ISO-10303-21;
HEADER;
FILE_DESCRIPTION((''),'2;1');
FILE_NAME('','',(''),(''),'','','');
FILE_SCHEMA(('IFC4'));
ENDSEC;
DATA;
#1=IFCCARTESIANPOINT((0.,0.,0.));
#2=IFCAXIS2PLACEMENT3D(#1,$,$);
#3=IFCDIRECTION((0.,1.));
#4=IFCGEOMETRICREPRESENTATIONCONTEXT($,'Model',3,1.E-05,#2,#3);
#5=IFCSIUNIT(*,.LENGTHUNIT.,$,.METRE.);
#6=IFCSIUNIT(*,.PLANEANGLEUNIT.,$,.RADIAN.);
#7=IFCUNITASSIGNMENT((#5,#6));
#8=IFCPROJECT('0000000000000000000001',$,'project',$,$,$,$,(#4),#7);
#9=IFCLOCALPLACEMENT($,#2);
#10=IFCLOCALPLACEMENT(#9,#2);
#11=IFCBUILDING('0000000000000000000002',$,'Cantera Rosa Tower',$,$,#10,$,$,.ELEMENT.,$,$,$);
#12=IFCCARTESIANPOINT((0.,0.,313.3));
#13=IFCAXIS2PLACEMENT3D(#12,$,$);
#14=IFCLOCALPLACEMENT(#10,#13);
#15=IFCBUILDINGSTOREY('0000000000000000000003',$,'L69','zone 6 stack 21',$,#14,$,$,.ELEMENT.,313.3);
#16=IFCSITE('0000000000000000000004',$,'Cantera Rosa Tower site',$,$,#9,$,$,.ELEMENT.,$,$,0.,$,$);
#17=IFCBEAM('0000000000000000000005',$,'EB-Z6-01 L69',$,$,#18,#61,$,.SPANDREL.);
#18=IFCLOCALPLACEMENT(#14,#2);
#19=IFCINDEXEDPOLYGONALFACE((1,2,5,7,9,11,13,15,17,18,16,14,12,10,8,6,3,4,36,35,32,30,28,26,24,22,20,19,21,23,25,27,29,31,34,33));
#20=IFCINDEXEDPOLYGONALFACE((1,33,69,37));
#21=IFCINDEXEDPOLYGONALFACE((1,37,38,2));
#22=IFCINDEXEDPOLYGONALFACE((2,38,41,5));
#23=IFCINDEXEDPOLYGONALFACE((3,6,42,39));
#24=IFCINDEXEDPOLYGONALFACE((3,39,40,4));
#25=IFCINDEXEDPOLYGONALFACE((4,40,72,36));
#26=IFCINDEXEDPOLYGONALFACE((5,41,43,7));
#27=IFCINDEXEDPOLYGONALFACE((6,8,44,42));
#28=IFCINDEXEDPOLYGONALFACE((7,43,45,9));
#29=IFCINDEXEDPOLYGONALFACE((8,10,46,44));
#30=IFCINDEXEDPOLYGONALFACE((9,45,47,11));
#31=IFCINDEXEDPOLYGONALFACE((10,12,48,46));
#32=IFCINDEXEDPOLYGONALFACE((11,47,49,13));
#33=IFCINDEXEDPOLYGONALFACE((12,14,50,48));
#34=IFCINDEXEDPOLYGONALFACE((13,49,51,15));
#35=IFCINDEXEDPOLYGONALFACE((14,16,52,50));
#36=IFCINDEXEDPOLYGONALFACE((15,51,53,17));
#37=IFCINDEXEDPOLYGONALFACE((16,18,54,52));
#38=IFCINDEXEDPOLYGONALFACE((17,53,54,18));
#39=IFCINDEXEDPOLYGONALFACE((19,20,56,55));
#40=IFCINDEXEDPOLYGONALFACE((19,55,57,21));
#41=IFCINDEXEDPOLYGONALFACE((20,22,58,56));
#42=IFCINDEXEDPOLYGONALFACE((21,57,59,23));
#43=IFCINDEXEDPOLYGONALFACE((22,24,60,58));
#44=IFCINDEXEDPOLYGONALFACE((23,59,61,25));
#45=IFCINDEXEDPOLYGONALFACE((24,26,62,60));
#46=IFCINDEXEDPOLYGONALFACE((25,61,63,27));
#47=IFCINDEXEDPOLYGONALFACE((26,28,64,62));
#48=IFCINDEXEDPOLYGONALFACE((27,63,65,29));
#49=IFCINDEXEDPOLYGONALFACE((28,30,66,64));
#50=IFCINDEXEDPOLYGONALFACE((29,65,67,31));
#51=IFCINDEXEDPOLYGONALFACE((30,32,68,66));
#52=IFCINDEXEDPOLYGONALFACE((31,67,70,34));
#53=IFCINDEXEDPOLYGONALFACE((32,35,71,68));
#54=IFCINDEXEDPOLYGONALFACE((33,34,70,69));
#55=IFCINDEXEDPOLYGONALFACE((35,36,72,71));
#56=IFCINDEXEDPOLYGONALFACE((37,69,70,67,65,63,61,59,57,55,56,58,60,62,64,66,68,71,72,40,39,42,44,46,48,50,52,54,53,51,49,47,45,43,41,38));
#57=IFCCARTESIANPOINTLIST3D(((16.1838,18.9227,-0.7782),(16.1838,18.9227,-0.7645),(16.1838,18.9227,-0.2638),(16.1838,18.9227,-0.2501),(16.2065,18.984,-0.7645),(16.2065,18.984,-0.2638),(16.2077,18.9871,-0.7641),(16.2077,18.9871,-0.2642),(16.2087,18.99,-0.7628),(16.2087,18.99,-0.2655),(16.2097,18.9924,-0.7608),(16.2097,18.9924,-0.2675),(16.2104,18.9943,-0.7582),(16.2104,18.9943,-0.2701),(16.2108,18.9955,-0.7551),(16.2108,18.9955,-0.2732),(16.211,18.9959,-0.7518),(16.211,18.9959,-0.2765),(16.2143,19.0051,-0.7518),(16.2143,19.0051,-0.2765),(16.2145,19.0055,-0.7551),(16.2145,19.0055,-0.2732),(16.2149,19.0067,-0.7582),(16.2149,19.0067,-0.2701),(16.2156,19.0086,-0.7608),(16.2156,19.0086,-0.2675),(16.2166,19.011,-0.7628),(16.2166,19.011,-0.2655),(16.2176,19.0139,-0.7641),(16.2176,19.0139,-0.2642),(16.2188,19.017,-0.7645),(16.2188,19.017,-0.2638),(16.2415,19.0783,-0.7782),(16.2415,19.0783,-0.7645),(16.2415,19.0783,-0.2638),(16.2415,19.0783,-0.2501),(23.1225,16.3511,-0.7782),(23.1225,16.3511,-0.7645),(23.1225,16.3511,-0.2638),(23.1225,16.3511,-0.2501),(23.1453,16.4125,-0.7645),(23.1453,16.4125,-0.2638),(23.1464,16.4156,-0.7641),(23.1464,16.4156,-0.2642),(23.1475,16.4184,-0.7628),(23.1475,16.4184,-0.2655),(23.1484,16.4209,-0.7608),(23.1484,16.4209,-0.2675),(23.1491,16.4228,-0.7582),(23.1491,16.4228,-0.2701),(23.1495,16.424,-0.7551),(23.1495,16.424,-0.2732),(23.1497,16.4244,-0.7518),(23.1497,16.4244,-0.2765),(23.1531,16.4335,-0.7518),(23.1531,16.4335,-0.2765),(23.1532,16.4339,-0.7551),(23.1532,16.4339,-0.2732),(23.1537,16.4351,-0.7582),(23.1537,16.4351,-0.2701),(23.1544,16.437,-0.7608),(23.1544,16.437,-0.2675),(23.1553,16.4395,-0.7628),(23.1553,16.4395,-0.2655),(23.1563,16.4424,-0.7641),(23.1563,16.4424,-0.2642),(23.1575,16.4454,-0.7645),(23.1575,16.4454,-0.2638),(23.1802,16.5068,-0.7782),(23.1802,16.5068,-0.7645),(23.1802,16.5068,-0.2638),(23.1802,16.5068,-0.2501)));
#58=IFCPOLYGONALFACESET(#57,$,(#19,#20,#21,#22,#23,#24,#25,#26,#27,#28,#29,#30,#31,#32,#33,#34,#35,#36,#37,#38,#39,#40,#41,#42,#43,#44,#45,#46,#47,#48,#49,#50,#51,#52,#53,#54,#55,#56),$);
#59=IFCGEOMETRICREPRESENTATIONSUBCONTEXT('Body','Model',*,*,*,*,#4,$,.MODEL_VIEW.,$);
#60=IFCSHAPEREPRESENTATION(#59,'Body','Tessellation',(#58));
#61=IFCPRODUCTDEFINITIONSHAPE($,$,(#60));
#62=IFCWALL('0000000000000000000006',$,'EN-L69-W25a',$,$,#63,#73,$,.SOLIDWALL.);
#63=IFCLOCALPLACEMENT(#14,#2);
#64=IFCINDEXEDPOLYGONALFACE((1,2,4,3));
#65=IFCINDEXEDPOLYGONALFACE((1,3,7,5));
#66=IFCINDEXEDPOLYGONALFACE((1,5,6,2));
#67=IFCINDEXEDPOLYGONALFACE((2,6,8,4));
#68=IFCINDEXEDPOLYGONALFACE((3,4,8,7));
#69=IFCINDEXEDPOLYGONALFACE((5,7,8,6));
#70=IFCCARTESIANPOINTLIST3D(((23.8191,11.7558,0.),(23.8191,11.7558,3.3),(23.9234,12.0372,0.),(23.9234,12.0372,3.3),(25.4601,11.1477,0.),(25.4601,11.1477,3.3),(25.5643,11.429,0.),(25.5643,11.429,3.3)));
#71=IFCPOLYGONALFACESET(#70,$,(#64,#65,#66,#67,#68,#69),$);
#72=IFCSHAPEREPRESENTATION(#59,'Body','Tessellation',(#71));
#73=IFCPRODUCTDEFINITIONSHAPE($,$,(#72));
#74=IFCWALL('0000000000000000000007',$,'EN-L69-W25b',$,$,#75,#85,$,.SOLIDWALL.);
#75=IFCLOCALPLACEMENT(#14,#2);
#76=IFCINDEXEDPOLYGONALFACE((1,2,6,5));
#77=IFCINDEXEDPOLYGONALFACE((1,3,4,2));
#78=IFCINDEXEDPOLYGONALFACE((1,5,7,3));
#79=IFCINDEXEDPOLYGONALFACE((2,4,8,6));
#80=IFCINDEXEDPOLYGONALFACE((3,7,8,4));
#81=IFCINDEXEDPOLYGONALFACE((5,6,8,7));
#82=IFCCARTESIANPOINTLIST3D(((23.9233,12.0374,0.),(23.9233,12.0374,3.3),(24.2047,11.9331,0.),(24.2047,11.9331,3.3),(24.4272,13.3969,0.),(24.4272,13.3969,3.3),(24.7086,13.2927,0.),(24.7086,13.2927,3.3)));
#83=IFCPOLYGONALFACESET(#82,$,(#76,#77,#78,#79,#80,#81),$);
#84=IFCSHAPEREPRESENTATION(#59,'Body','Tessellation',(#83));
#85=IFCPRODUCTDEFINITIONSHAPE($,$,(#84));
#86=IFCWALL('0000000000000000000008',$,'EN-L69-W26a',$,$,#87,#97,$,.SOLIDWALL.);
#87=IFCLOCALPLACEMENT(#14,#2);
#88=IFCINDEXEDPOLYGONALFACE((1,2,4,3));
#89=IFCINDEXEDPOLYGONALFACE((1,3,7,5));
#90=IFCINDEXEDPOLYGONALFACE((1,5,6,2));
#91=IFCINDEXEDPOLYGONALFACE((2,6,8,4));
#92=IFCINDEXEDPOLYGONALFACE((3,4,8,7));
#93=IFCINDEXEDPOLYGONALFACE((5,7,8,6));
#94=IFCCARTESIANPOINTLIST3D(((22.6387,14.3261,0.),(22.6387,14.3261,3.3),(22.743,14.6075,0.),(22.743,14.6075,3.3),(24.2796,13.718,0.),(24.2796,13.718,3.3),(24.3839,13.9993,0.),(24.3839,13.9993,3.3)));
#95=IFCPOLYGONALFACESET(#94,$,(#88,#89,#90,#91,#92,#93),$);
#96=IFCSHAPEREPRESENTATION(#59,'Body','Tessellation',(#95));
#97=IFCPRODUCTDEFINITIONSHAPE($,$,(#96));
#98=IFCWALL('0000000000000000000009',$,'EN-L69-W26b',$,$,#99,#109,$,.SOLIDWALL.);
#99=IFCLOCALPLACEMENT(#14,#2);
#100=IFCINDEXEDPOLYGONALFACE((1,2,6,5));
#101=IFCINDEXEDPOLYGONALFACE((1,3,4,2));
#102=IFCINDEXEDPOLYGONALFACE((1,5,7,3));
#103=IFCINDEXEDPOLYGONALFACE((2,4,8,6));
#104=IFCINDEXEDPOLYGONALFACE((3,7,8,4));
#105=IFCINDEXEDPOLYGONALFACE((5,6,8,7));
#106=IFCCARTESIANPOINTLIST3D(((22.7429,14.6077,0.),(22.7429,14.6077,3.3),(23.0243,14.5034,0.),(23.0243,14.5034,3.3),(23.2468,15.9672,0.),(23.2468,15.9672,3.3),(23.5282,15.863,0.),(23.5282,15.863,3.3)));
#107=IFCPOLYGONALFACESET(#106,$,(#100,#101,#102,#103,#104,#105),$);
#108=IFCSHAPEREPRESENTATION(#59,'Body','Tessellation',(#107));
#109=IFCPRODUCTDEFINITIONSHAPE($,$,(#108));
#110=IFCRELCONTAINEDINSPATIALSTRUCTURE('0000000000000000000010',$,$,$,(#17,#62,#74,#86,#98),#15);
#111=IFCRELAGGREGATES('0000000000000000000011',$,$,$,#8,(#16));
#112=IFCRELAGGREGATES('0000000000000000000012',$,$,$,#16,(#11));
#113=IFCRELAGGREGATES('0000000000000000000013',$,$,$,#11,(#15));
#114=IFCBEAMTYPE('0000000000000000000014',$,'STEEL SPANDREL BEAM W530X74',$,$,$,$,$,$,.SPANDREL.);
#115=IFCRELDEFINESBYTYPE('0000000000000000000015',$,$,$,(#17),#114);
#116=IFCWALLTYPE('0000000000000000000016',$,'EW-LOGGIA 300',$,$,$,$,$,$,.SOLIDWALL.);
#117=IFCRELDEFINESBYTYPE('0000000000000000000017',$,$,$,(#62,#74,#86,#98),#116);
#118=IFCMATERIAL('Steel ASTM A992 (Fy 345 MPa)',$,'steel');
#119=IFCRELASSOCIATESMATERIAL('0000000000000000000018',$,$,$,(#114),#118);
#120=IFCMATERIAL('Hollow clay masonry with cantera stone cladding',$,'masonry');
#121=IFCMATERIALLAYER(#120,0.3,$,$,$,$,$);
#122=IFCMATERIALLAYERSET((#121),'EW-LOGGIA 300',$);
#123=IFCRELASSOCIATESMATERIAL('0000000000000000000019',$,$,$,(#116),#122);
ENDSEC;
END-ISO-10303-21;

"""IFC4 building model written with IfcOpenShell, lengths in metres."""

from ifc_helpers import new_model, si_unit, direction, frame, frame_2d, origin, origin_2d, place, context, subcontext, project, spatial, rectangle, i_section, extrude, material, layer, layer_set, material_profile, profile_set, type_object, element, save


model = new_model("IFC4")

# Units and contexts
model_context = context("Model", 3, precision=1e-05, world=origin(), true_north=direction((0.0, 1.0)))
body_context = subcontext(model_context, "Body", "Model", "MODEL_VIEW")
ifc_project = project(units=[si_unit("LENGTHUNIT", "METRE"), si_unit("PLANEANGLEUNIT", "RADIAN")], contexts=[model_context])

# Site, building, storey
site_placement = place(None, origin())
site = spatial("IfcSite", under=ifc_project, at=site_placement, Name="Cantera Rosa Tower site", CompositionType="ELEMENT", RefElevation=0.0)
building_placement = place(site_placement, origin())
building = spatial("IfcBuilding", under=site, at=building_placement, Name="Cantera Rosa Tower", CompositionType="ELEMENT")
storey_placement = place(building_placement, frame((0.0, 0.0, 313.3)))
storey = spatial("IfcBuildingStorey", under=building, at=storey_placement, Name="L69", Description="zone 6 stack 21", CompositionType="ELEMENT", Elevation=313.3)

# Beam
ifc_material_1 = material(Name="Steel ASTM A992 (Fy 345 MPa)", Category="steel")
ifc_material_profile_1 = material_profile(ifc_material_1, i_section(OverallWidth=0.166, OverallDepth=0.5281, WebThickness=0.0098, FlangeThickness=0.0137, FilletRadius=0.0127, at=origin_2d()), Name="W530X74")
ifc_profile_set_1 = profile_set([ifc_material_profile_1], Name="Steel ASTM A992 (Fy 345 MPa)")
beam_type_1 = type_object("IfcBeamType", Name="STEEL SPANDREL BEAM W530X74", PredefinedType="SPANDREL", material=ifc_profile_set_1)
beam_1_placement = place(storey_placement, frame((23.1514, 16.429, -0.5142), z_axis=(-0.937677, 0.347509, 0.0), x_axis=(-0.347509, -0.937677, 0.0)))
element("IfcBeam", 1, at=beam_1_placement, inside=storey, type_object=beam_type_1, Name="EB-Z6-01 L69", PredefinedType="SPANDREL", context=body_context, shape_type="SweptSolid", body=[
    extrude(i_section(OverallWidth=0.166, OverallDepth=0.5281, WebThickness=0.0098, FlangeThickness=0.0137, FilletRadius=0.0127, at=origin_2d()), origin(), (0.0, 0.0, 1.0), 7.3999),
])

# Walls
ifc_material_2 = material(Name="Hollow clay masonry with cantera stone cladding", Category="masonry")
ifc_layer_1 = layer(ifc_material_2, 0.3)
ifc_layer_set_1 = layer_set([ifc_layer_1], Name="EW-LOGGIA 300")
wall_type_1 = type_object("IfcWallType", Name="EW-LOGGIA 300", PredefinedType="SOLIDWALL", material=ifc_layer_set_1)
wall_1_placement = place(storey_placement, frame((25.5122, 11.2883, 0.0), z_axis=(0.0, 0.0, 1.0), x_axis=(-0.93767, 0.347528, 0.0)))
element("IfcWall", 2, at=wall_1_placement, inside=storey, type_object=wall_type_1, Name="EN-L69-W25a", PredefinedType="SOLIDWALL", context=body_context, shape_type="SweptSolid", body=[
    extrude(rectangle(XDim=1.75, YDim=0.3, at=frame_2d((0.875, 0.0))), origin(), (0.0, 0.0, 1.0), 3.3),
])
wall_2_placement = place(storey_placement, frame((24.064, 11.9851, 0.0), z_axis=(0.0, 0.0, 1.0), x_axis=(0.347523, 0.937672, 0.0)))
element("IfcWall", 3, at=wall_2_placement, inside=storey, type_object=wall_type_1, Name="EN-L69-W25b", PredefinedType="SOLIDWALL", context=body_context, shape_type="SweptSolid", body=[
    extrude(rectangle(XDim=1.45, YDim=0.3, at=frame_2d((0.7251, 0.0))), origin(), (0.0, 0.0, 1.0), 3.3),
])
wall_3_placement = place(storey_placement, frame((24.3318, 13.8586, 0.0), z_axis=(0.0, 0.0, 1.0), x_axis=(-0.93767, 0.347528, 0.0)))
element("IfcWall", 4, at=wall_3_placement, inside=storey, type_object=wall_type_1, Name="EN-L69-W26a", PredefinedType="SOLIDWALL", context=body_context, shape_type="SweptSolid", body=[
    extrude(rectangle(XDim=1.75, YDim=0.3, at=frame_2d((0.875, 0.0))), origin(), (0.0, 0.0, 1.0), 3.3),
])
wall_4_placement = place(storey_placement, frame((22.8835, 14.5554, 0.0), z_axis=(0.0, 0.0, 1.0), x_axis=(0.347523, 0.937672, 0.0)))
element("IfcWall", 5, at=wall_4_placement, inside=storey, type_object=wall_type_1, Name="EN-L69-W26b", PredefinedType="SOLIDWALL", context=body_context, shape_type="SweptSolid", body=[
    extrude(rectangle(XDim=1.45, YDim=0.3, at=frame_2d((0.7251, 0.0))), origin(), (0.0, 0.0, 1.0), 3.3),
])

save(model, "model.ifc")
